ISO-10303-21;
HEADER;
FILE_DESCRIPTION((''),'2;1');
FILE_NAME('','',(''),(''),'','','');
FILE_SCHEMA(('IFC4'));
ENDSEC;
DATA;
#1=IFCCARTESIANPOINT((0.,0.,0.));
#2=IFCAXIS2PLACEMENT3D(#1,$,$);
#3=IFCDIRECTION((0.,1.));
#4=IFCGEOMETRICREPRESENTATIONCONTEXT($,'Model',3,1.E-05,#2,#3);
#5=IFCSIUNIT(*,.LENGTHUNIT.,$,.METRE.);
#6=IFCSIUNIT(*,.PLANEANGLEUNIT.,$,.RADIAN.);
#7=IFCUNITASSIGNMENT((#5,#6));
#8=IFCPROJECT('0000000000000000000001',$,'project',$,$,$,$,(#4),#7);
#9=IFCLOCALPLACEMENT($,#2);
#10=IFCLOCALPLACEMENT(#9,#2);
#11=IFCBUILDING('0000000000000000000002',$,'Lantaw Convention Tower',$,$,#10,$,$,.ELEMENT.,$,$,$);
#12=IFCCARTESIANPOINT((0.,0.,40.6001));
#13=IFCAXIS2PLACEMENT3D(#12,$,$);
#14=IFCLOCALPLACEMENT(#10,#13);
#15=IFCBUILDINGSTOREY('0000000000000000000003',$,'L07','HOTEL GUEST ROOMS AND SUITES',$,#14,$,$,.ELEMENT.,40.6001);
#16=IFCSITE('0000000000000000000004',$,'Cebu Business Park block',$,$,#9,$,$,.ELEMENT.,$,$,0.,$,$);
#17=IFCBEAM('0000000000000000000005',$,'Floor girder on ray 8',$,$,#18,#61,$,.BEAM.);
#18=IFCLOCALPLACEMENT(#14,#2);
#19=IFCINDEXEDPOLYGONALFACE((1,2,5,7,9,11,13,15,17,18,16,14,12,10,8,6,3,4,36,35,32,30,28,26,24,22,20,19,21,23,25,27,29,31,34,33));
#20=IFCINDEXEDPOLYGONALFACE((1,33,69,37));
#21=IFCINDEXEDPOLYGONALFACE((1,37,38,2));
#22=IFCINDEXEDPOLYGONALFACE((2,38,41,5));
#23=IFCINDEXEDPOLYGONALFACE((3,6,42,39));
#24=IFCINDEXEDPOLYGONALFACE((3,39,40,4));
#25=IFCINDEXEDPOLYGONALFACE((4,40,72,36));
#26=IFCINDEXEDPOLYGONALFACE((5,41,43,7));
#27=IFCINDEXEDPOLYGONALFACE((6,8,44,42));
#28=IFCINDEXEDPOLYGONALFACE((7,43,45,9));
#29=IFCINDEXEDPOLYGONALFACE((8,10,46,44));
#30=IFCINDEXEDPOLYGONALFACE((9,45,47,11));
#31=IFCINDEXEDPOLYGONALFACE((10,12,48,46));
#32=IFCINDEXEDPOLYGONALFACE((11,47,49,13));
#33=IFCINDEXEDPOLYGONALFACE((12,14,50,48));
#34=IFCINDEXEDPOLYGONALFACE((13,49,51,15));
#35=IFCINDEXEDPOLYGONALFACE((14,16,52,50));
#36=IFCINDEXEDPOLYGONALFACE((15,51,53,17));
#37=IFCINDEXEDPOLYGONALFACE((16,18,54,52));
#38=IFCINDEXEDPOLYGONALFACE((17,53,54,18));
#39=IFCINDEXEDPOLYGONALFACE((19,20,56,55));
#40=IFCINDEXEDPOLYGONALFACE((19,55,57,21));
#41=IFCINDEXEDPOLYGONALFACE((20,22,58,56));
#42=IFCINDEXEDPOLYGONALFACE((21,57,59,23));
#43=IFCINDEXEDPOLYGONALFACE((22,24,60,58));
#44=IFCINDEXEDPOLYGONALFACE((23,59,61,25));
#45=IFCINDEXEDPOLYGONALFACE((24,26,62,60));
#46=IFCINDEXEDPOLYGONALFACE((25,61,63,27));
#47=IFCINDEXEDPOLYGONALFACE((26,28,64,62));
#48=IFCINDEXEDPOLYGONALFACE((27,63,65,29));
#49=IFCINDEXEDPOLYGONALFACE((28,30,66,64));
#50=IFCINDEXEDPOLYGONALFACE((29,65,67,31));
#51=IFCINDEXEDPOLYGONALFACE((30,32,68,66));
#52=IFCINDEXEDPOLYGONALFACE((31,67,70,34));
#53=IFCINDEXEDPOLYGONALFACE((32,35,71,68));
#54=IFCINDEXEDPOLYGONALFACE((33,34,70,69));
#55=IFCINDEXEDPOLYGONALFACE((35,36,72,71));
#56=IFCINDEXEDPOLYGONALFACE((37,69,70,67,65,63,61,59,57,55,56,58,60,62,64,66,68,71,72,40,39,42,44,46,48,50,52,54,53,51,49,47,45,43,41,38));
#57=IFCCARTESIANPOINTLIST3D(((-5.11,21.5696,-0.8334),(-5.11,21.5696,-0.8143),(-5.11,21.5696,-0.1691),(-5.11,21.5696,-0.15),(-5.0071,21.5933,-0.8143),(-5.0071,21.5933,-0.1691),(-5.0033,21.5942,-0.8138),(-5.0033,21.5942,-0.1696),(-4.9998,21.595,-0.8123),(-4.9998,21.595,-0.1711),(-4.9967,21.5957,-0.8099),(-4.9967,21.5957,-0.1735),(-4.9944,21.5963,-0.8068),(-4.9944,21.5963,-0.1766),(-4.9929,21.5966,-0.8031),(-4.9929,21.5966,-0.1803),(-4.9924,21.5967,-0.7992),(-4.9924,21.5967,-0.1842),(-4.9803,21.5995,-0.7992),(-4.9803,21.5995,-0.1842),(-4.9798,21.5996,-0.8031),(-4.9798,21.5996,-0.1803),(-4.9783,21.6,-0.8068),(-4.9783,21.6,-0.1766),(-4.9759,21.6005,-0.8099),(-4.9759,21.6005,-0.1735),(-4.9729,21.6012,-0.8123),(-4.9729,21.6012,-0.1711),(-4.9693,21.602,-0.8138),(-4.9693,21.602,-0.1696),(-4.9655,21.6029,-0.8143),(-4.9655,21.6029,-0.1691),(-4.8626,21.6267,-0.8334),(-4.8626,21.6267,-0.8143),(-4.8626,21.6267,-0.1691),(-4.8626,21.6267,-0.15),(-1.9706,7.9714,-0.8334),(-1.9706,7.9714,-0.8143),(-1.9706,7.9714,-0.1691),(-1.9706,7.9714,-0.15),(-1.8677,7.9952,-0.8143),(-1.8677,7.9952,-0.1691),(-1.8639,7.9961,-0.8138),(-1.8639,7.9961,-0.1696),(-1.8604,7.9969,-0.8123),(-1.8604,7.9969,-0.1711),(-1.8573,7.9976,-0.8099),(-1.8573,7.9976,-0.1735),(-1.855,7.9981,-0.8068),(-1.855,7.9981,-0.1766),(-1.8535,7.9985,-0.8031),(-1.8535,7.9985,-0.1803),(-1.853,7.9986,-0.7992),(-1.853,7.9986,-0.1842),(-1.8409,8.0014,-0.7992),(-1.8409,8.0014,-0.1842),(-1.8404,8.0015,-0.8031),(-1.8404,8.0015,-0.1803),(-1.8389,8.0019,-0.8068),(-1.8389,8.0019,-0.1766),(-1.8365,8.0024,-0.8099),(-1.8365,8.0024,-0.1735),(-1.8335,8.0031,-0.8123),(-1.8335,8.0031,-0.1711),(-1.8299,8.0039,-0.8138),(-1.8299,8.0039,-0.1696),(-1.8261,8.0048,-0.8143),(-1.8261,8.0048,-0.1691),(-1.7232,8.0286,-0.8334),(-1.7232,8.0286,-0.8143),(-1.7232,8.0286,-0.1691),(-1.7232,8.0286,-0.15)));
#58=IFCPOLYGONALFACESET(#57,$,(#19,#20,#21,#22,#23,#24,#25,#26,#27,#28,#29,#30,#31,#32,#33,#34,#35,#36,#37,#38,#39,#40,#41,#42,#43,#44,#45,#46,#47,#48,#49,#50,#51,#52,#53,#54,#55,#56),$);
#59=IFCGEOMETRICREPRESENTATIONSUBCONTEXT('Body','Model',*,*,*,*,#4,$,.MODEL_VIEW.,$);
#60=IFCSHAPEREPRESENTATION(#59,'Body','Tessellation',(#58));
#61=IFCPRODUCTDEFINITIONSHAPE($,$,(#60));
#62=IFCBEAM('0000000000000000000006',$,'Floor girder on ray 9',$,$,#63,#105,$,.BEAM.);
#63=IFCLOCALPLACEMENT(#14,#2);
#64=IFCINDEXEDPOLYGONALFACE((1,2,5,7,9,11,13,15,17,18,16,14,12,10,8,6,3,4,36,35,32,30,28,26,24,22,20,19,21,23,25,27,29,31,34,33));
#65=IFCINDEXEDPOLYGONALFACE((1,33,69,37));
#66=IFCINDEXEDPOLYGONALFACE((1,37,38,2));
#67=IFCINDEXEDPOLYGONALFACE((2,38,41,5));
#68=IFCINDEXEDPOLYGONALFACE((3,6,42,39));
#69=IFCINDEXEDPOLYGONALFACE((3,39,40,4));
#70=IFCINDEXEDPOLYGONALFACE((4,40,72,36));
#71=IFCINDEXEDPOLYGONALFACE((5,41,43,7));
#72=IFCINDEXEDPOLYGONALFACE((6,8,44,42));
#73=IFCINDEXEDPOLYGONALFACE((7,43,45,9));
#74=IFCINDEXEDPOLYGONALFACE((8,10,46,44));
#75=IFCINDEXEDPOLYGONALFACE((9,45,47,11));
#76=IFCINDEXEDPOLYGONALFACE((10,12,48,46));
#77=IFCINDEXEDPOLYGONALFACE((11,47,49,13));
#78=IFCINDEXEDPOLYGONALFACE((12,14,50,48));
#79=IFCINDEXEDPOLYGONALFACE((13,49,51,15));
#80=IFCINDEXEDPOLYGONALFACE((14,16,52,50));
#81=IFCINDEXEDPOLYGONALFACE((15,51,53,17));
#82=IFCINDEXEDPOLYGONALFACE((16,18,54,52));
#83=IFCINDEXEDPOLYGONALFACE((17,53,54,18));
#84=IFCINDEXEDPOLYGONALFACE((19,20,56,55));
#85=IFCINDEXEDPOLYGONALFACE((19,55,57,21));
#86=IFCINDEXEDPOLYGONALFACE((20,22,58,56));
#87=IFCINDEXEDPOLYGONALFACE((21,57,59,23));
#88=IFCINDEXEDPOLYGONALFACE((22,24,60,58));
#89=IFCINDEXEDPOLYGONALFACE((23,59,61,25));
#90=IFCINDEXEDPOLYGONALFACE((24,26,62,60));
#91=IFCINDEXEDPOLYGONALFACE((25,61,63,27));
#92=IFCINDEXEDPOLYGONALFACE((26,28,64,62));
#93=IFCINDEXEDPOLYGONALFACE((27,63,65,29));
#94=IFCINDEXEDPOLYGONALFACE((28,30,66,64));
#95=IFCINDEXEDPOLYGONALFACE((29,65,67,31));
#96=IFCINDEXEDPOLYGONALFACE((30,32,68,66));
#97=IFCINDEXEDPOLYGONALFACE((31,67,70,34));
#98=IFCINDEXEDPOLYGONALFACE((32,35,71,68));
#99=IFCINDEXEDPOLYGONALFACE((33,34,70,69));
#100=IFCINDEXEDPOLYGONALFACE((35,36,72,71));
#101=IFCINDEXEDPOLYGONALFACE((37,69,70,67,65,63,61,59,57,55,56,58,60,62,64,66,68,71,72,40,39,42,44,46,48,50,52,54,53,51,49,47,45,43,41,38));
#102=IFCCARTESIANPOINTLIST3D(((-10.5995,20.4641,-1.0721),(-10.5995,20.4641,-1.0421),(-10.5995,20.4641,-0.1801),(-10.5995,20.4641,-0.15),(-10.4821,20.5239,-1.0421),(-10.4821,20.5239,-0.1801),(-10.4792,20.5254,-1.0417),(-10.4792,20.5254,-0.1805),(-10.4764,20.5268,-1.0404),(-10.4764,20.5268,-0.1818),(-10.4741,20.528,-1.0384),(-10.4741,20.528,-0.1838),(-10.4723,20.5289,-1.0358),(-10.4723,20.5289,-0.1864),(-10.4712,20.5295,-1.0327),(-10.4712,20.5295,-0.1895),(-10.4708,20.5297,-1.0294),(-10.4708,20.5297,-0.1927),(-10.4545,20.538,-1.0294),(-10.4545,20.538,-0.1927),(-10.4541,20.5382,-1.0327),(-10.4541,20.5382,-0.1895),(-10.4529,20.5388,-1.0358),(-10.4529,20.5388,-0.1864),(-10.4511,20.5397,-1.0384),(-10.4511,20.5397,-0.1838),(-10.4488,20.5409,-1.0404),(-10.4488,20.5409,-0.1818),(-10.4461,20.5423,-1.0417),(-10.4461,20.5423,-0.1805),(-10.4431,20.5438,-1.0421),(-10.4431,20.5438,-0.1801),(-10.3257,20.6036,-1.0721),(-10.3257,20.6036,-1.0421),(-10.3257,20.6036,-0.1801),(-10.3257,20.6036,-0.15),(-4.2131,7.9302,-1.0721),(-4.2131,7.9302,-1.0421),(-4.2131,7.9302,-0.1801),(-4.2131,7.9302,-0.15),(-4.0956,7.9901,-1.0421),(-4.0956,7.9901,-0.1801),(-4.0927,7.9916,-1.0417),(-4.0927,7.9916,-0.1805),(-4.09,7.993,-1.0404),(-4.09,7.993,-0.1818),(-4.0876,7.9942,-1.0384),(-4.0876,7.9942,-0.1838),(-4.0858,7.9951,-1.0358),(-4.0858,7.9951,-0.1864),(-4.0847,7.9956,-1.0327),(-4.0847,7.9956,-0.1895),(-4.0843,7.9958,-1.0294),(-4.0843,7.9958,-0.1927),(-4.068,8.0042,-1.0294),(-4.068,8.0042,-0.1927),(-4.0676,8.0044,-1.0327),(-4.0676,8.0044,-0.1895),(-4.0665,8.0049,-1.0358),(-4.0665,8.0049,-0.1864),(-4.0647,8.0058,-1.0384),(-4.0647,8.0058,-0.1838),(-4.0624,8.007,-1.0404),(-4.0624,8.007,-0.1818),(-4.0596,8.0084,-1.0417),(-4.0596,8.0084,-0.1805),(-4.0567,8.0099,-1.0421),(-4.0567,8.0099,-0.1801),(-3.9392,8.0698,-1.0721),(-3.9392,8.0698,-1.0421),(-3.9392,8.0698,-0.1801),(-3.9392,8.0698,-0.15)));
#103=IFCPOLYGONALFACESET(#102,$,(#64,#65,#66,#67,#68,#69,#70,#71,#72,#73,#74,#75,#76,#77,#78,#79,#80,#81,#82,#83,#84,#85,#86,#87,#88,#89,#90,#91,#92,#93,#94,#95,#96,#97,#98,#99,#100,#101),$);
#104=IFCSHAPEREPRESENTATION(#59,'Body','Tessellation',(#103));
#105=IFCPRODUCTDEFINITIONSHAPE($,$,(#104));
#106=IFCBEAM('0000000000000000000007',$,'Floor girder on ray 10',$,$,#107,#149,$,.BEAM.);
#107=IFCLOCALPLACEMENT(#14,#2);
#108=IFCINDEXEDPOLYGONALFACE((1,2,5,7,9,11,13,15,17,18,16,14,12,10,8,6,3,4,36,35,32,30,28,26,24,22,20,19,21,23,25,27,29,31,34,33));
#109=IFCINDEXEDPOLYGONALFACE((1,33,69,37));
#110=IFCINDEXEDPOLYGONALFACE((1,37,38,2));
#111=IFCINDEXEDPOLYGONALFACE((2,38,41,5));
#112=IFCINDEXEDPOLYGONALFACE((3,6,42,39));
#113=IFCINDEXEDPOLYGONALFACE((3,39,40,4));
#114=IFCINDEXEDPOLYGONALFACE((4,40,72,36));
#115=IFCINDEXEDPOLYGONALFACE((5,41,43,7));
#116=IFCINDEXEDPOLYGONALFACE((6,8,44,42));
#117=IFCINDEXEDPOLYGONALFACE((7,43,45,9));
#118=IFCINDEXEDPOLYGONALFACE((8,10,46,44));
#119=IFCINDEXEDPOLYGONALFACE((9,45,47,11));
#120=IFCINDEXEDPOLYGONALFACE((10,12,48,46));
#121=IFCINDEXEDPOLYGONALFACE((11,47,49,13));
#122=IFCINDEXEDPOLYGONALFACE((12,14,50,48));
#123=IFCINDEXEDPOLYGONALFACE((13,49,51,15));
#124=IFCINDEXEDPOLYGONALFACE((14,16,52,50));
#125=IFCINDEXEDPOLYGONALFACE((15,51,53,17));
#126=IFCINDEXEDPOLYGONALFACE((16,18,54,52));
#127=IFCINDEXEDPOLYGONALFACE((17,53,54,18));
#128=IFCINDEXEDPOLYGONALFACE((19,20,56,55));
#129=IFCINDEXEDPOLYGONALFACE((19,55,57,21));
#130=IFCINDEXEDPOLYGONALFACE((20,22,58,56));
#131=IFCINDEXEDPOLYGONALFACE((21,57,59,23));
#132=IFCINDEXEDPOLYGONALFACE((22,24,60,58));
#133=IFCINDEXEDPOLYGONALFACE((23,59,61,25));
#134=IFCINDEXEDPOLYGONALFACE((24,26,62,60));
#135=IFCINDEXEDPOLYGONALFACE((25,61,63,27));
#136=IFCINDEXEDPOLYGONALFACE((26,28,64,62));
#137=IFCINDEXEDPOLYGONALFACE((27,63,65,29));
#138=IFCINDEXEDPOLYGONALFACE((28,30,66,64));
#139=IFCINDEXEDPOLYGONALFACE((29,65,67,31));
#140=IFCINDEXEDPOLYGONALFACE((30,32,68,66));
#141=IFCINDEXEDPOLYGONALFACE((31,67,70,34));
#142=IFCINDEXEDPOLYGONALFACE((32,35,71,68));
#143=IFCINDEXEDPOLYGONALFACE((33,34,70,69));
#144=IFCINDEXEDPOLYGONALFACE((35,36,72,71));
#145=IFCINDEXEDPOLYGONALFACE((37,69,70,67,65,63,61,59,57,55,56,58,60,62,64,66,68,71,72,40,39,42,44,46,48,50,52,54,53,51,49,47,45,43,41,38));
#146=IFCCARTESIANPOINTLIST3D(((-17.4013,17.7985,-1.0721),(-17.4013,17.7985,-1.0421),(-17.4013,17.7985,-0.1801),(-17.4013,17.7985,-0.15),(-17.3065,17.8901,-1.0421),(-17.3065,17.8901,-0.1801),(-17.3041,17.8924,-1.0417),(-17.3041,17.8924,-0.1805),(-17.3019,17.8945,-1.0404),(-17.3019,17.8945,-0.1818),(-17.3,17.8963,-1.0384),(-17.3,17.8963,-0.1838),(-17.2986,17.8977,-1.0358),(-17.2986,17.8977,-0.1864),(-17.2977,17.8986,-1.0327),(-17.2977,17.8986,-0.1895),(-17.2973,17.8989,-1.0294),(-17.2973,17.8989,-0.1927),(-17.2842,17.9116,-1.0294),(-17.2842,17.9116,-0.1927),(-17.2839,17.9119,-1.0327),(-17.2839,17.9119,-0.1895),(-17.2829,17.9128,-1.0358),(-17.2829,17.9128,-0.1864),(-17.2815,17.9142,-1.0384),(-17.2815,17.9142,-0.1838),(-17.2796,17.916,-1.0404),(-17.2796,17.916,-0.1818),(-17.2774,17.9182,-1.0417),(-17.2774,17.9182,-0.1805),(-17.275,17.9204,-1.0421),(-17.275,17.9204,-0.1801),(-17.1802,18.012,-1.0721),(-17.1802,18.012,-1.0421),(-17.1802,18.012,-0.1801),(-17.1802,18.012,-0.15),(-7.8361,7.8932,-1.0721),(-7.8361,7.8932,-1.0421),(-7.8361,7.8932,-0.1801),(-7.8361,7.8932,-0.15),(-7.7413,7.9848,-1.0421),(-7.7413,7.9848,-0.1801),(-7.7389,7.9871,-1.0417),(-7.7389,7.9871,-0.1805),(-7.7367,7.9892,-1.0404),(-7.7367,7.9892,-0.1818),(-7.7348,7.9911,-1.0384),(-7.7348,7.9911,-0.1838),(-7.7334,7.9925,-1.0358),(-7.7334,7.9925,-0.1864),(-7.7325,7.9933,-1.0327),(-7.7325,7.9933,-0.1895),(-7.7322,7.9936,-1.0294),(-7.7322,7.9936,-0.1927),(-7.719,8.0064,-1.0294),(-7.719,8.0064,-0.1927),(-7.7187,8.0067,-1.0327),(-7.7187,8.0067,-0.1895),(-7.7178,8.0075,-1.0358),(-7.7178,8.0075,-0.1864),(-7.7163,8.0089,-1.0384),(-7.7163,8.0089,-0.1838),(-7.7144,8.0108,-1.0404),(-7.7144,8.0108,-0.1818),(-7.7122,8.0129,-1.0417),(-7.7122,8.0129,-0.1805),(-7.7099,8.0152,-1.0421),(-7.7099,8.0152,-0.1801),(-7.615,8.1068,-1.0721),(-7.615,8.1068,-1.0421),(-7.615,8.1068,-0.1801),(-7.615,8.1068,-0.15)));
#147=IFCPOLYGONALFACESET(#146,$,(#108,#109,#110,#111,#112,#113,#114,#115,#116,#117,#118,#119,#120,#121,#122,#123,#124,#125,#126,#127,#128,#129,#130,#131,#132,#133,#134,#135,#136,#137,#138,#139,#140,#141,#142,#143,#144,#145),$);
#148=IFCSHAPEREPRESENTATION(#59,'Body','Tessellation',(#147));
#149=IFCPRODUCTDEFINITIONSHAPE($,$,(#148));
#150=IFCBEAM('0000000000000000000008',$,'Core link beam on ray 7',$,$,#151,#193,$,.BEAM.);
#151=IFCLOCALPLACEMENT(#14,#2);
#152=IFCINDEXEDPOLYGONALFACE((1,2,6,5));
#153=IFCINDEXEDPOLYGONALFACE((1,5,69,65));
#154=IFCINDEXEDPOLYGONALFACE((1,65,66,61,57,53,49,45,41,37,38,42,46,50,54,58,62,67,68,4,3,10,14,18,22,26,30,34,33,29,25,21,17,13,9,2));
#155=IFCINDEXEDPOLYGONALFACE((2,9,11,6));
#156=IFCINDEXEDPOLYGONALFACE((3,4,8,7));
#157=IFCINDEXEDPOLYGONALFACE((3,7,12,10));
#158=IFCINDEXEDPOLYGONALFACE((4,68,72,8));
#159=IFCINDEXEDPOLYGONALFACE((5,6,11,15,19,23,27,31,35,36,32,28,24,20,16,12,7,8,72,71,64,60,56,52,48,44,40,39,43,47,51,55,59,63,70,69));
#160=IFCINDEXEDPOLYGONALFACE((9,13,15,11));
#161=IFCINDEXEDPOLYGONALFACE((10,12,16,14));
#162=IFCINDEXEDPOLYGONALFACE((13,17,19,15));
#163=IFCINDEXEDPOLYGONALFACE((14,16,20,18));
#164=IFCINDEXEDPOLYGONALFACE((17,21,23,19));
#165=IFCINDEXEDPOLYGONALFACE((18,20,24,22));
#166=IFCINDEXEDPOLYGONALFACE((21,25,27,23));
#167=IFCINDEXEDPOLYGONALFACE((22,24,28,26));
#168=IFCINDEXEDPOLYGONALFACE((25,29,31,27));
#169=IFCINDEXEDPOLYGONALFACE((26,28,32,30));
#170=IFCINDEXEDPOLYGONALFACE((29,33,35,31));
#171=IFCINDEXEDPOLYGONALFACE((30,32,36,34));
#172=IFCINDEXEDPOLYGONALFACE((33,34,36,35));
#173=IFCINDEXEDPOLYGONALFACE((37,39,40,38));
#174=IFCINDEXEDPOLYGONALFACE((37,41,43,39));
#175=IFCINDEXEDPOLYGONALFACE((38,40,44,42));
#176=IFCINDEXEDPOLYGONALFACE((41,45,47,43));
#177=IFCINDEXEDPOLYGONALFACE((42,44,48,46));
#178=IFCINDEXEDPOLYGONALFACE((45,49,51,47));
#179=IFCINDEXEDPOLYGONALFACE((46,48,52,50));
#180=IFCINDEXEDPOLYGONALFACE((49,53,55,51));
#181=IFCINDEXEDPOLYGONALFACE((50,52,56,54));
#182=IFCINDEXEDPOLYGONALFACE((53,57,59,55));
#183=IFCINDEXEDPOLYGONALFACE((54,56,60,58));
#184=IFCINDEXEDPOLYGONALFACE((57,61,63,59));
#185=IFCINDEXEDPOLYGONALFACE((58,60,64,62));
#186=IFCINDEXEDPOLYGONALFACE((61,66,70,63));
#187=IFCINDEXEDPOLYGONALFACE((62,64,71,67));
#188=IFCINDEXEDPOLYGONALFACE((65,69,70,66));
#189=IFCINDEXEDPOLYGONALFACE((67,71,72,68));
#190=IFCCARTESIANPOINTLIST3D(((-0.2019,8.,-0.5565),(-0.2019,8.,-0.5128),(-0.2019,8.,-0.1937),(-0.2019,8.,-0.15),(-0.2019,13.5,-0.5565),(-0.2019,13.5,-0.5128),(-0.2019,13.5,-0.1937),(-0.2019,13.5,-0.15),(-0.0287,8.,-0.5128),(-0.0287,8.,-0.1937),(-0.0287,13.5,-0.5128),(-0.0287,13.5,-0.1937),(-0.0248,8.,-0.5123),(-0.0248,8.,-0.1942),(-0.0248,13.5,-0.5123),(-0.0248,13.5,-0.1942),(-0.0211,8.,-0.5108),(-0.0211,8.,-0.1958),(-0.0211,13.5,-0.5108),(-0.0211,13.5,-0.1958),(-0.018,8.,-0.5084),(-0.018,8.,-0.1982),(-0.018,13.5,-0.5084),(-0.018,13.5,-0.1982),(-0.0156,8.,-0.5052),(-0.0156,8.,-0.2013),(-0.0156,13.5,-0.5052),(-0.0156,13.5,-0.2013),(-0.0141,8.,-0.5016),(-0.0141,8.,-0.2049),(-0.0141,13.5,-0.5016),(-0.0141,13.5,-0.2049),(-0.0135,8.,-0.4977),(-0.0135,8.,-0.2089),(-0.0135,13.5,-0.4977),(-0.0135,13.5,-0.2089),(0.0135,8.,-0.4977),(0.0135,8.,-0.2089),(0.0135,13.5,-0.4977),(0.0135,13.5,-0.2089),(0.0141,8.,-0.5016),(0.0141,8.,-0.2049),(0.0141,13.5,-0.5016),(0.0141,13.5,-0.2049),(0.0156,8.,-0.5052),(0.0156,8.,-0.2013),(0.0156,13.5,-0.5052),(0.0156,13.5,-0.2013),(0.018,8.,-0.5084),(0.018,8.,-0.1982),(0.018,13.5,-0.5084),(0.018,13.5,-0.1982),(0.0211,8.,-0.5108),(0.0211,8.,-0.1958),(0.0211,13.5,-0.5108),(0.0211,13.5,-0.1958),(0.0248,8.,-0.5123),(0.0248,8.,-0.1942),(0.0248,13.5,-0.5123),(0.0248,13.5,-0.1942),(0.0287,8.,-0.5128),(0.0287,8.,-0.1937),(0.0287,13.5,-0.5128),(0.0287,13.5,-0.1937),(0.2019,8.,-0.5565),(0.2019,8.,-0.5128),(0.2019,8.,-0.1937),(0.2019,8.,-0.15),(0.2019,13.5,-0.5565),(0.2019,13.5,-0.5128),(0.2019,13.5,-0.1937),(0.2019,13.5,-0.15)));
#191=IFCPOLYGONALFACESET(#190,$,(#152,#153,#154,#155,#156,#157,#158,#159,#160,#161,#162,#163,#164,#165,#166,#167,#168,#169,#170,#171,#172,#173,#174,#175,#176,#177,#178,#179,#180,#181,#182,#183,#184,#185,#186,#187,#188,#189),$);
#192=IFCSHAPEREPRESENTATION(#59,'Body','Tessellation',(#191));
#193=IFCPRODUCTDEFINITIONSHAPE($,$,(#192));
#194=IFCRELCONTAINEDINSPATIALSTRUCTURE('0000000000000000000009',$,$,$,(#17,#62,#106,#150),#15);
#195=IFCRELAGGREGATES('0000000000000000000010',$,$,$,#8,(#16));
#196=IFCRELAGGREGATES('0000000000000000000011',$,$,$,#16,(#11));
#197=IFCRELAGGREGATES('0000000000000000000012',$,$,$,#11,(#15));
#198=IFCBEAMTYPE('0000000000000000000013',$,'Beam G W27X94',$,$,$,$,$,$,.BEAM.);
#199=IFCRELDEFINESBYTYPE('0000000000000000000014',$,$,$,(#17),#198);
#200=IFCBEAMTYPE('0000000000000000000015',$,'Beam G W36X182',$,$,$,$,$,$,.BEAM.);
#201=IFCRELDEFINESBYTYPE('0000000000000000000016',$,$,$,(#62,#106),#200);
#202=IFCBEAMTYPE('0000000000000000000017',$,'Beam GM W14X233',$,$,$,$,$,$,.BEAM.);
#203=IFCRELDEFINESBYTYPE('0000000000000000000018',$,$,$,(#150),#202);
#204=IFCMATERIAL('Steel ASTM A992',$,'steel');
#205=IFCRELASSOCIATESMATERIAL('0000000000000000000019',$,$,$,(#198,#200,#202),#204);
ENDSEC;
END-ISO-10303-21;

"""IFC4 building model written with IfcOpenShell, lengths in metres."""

from ifc_helpers import new_model, si_unit, direction, frame, origin, origin_2d, place, context, subcontext, project, spatial, i_section, extrude, material, material_profile, profile_set, type_object, element, save


model = new_model("IFC4")

# Units and contexts
model_context = context("Model", 3, precision=1e-05, world=origin(), true_north=direction((0.0, 1.0)))
body_context = subcontext(model_context, "Body", "Model", "MODEL_VIEW")
ifc_project = project(units=[si_unit("LENGTHUNIT", "METRE"), si_unit("PLANEANGLEUNIT", "RADIAN")], contexts=[model_context])

# Site, building, storey
site_placement = place(None, origin())
site = spatial("IfcSite", under=ifc_project, at=site_placement, Name="Cebu Business Park block", CompositionType="ELEMENT", RefElevation=0.0)
building_placement = place(site_placement, origin())
building = spatial("IfcBuilding", under=site, at=building_placement, Name="Lantaw Convention Tower", CompositionType="ELEMENT")
storey_placement = place(building_placement, frame((0.0, 0.0, 40.6001)))
storey = spatial("IfcBuildingStorey", under=building, at=storey_placement, Name="L07", Description="HOTEL GUEST ROOMS AND SUITES", CompositionType="ELEMENT", Elevation=40.6001)

# Beams
ifc_material_1 = material(Name="Steel ASTM A992", Category="steel")
ifc_material_profile_1 = material_profile(ifc_material_1, i_section(OverallWidth=0.2539, OverallDepth=0.6833, WebThickness=0.0125, FlangeThickness=0.019, FilletRadius=0.0151, at=origin_2d()), Name="W27X94")
ifc_profile_set_1 = profile_set([ifc_material_profile_1], Name="Steel ASTM A992")
beam_type_1 = type_object("IfcBeamType", Name="Beam G W27X94", PredefinedType="BEAM", material=ifc_profile_set_1)
beam_1_placement = place(storey_placement, frame((-1.8469, 8.0, -0.4917), z_axis=(-0.224953, 0.97437, 0.0), x_axis=(-0.97437, -0.224953, 0.0)))
element("IfcBeam", 1, at=beam_1_placement, inside=storey, type_object=beam_type_1, Name="Floor girder on ray 8", PredefinedType="BEAM", context=body_context, shape_type="SweptSolid", body=[
    extrude(i_section(OverallWidth=0.2539, OverallDepth=0.6833, WebThickness=0.0125, FlangeThickness=0.019, FilletRadius=0.0151, at=origin_2d()), origin(), (0.0, 0.0, 1.0), 13.9558),
])
ifc_material_profile_2 = material_profile(ifc_material_1, i_section(OverallWidth=0.3074, OverallDepth=0.9221, WebThickness=0.0183, FlangeThickness=0.03, FilletRadius=0.0127, at=origin_2d()), Name="W36X182")
ifc_profile_set_2 = profile_set([ifc_material_profile_2], Name="Steel ASTM A992")
beam_type_2 = type_object("IfcBeamType", Name="Beam G W36X182", PredefinedType="BEAM", material=ifc_profile_set_2)
beam_2_placement = place(storey_placement, frame((-4.0762, 8.0, -0.6111), z_axis=(-0.453997, 0.891003, 0.0), x_axis=(-0.891003, -0.453997, 0.0)))
element("IfcBeam", 2, at=beam_2_placement, inside=storey, type_object=beam_type_2, Name="Floor girder on ray 9", PredefinedType="BEAM", context=body_context, shape_type="SweptSolid", body=[
    extrude(i_section(OverallWidth=0.3074, OverallDepth=0.9221, WebThickness=0.0183, FlangeThickness=0.03, FilletRadius=0.0127, at=origin_2d()), origin(), (0.0, 0.0, 1.0), 14.0671),
])
beam_3_placement = place(storey_placement, frame((-7.7256, 8.0, -0.6111), z_axis=(-0.69465, 0.719348, 0.0), x_axis=(-0.719348, -0.69465, 0.0)))
element("IfcBeam", 3, at=beam_3_placement, inside=storey, type_object=beam_type_2, Name="Floor girder on ray 10", PredefinedType="BEAM", context=body_context, shape_type="SweptSolid", body=[
    extrude(i_section(OverallWidth=0.3074, OverallDepth=0.9221, WebThickness=0.0183, FlangeThickness=0.03, FilletRadius=0.0127, at=origin_2d()), origin(), (0.0, 0.0, 1.0), 13.7698),
])
ifc_material_profile_3 = material_profile(ifc_material_1, i_section(OverallWidth=0.4038, OverallDepth=0.4065, WebThickness=0.0271, FlangeThickness=0.0437, FilletRadius=0.0151, at=origin_2d()), Name="W14X233")
ifc_profile_set_3 = profile_set([ifc_material_profile_3], Name="Steel ASTM A992")
beam_type_3 = type_object("IfcBeamType", Name="Beam GM W14X233", PredefinedType="BEAM", material=ifc_profile_set_3)
beam_4_placement = place(storey_placement, frame((0.0, 8.0, -0.3533), z_axis=(0.0, 1.0, 0.0), x_axis=(-1.0, 0.0, 0.0)))
element("IfcBeam", 4, at=beam_4_placement, inside=storey, type_object=beam_type_3, Name="Core link beam on ray 7", PredefinedType="BEAM", context=body_context, shape_type="SweptSolid", body=[
    extrude(i_section(OverallWidth=0.4038, OverallDepth=0.4065, WebThickness=0.0271, FlangeThickness=0.0437, FilletRadius=0.0151, at=origin_2d()), origin(), (0.0, 0.0, 1.0), 5.5),
])

save(model, "model.ifc")
